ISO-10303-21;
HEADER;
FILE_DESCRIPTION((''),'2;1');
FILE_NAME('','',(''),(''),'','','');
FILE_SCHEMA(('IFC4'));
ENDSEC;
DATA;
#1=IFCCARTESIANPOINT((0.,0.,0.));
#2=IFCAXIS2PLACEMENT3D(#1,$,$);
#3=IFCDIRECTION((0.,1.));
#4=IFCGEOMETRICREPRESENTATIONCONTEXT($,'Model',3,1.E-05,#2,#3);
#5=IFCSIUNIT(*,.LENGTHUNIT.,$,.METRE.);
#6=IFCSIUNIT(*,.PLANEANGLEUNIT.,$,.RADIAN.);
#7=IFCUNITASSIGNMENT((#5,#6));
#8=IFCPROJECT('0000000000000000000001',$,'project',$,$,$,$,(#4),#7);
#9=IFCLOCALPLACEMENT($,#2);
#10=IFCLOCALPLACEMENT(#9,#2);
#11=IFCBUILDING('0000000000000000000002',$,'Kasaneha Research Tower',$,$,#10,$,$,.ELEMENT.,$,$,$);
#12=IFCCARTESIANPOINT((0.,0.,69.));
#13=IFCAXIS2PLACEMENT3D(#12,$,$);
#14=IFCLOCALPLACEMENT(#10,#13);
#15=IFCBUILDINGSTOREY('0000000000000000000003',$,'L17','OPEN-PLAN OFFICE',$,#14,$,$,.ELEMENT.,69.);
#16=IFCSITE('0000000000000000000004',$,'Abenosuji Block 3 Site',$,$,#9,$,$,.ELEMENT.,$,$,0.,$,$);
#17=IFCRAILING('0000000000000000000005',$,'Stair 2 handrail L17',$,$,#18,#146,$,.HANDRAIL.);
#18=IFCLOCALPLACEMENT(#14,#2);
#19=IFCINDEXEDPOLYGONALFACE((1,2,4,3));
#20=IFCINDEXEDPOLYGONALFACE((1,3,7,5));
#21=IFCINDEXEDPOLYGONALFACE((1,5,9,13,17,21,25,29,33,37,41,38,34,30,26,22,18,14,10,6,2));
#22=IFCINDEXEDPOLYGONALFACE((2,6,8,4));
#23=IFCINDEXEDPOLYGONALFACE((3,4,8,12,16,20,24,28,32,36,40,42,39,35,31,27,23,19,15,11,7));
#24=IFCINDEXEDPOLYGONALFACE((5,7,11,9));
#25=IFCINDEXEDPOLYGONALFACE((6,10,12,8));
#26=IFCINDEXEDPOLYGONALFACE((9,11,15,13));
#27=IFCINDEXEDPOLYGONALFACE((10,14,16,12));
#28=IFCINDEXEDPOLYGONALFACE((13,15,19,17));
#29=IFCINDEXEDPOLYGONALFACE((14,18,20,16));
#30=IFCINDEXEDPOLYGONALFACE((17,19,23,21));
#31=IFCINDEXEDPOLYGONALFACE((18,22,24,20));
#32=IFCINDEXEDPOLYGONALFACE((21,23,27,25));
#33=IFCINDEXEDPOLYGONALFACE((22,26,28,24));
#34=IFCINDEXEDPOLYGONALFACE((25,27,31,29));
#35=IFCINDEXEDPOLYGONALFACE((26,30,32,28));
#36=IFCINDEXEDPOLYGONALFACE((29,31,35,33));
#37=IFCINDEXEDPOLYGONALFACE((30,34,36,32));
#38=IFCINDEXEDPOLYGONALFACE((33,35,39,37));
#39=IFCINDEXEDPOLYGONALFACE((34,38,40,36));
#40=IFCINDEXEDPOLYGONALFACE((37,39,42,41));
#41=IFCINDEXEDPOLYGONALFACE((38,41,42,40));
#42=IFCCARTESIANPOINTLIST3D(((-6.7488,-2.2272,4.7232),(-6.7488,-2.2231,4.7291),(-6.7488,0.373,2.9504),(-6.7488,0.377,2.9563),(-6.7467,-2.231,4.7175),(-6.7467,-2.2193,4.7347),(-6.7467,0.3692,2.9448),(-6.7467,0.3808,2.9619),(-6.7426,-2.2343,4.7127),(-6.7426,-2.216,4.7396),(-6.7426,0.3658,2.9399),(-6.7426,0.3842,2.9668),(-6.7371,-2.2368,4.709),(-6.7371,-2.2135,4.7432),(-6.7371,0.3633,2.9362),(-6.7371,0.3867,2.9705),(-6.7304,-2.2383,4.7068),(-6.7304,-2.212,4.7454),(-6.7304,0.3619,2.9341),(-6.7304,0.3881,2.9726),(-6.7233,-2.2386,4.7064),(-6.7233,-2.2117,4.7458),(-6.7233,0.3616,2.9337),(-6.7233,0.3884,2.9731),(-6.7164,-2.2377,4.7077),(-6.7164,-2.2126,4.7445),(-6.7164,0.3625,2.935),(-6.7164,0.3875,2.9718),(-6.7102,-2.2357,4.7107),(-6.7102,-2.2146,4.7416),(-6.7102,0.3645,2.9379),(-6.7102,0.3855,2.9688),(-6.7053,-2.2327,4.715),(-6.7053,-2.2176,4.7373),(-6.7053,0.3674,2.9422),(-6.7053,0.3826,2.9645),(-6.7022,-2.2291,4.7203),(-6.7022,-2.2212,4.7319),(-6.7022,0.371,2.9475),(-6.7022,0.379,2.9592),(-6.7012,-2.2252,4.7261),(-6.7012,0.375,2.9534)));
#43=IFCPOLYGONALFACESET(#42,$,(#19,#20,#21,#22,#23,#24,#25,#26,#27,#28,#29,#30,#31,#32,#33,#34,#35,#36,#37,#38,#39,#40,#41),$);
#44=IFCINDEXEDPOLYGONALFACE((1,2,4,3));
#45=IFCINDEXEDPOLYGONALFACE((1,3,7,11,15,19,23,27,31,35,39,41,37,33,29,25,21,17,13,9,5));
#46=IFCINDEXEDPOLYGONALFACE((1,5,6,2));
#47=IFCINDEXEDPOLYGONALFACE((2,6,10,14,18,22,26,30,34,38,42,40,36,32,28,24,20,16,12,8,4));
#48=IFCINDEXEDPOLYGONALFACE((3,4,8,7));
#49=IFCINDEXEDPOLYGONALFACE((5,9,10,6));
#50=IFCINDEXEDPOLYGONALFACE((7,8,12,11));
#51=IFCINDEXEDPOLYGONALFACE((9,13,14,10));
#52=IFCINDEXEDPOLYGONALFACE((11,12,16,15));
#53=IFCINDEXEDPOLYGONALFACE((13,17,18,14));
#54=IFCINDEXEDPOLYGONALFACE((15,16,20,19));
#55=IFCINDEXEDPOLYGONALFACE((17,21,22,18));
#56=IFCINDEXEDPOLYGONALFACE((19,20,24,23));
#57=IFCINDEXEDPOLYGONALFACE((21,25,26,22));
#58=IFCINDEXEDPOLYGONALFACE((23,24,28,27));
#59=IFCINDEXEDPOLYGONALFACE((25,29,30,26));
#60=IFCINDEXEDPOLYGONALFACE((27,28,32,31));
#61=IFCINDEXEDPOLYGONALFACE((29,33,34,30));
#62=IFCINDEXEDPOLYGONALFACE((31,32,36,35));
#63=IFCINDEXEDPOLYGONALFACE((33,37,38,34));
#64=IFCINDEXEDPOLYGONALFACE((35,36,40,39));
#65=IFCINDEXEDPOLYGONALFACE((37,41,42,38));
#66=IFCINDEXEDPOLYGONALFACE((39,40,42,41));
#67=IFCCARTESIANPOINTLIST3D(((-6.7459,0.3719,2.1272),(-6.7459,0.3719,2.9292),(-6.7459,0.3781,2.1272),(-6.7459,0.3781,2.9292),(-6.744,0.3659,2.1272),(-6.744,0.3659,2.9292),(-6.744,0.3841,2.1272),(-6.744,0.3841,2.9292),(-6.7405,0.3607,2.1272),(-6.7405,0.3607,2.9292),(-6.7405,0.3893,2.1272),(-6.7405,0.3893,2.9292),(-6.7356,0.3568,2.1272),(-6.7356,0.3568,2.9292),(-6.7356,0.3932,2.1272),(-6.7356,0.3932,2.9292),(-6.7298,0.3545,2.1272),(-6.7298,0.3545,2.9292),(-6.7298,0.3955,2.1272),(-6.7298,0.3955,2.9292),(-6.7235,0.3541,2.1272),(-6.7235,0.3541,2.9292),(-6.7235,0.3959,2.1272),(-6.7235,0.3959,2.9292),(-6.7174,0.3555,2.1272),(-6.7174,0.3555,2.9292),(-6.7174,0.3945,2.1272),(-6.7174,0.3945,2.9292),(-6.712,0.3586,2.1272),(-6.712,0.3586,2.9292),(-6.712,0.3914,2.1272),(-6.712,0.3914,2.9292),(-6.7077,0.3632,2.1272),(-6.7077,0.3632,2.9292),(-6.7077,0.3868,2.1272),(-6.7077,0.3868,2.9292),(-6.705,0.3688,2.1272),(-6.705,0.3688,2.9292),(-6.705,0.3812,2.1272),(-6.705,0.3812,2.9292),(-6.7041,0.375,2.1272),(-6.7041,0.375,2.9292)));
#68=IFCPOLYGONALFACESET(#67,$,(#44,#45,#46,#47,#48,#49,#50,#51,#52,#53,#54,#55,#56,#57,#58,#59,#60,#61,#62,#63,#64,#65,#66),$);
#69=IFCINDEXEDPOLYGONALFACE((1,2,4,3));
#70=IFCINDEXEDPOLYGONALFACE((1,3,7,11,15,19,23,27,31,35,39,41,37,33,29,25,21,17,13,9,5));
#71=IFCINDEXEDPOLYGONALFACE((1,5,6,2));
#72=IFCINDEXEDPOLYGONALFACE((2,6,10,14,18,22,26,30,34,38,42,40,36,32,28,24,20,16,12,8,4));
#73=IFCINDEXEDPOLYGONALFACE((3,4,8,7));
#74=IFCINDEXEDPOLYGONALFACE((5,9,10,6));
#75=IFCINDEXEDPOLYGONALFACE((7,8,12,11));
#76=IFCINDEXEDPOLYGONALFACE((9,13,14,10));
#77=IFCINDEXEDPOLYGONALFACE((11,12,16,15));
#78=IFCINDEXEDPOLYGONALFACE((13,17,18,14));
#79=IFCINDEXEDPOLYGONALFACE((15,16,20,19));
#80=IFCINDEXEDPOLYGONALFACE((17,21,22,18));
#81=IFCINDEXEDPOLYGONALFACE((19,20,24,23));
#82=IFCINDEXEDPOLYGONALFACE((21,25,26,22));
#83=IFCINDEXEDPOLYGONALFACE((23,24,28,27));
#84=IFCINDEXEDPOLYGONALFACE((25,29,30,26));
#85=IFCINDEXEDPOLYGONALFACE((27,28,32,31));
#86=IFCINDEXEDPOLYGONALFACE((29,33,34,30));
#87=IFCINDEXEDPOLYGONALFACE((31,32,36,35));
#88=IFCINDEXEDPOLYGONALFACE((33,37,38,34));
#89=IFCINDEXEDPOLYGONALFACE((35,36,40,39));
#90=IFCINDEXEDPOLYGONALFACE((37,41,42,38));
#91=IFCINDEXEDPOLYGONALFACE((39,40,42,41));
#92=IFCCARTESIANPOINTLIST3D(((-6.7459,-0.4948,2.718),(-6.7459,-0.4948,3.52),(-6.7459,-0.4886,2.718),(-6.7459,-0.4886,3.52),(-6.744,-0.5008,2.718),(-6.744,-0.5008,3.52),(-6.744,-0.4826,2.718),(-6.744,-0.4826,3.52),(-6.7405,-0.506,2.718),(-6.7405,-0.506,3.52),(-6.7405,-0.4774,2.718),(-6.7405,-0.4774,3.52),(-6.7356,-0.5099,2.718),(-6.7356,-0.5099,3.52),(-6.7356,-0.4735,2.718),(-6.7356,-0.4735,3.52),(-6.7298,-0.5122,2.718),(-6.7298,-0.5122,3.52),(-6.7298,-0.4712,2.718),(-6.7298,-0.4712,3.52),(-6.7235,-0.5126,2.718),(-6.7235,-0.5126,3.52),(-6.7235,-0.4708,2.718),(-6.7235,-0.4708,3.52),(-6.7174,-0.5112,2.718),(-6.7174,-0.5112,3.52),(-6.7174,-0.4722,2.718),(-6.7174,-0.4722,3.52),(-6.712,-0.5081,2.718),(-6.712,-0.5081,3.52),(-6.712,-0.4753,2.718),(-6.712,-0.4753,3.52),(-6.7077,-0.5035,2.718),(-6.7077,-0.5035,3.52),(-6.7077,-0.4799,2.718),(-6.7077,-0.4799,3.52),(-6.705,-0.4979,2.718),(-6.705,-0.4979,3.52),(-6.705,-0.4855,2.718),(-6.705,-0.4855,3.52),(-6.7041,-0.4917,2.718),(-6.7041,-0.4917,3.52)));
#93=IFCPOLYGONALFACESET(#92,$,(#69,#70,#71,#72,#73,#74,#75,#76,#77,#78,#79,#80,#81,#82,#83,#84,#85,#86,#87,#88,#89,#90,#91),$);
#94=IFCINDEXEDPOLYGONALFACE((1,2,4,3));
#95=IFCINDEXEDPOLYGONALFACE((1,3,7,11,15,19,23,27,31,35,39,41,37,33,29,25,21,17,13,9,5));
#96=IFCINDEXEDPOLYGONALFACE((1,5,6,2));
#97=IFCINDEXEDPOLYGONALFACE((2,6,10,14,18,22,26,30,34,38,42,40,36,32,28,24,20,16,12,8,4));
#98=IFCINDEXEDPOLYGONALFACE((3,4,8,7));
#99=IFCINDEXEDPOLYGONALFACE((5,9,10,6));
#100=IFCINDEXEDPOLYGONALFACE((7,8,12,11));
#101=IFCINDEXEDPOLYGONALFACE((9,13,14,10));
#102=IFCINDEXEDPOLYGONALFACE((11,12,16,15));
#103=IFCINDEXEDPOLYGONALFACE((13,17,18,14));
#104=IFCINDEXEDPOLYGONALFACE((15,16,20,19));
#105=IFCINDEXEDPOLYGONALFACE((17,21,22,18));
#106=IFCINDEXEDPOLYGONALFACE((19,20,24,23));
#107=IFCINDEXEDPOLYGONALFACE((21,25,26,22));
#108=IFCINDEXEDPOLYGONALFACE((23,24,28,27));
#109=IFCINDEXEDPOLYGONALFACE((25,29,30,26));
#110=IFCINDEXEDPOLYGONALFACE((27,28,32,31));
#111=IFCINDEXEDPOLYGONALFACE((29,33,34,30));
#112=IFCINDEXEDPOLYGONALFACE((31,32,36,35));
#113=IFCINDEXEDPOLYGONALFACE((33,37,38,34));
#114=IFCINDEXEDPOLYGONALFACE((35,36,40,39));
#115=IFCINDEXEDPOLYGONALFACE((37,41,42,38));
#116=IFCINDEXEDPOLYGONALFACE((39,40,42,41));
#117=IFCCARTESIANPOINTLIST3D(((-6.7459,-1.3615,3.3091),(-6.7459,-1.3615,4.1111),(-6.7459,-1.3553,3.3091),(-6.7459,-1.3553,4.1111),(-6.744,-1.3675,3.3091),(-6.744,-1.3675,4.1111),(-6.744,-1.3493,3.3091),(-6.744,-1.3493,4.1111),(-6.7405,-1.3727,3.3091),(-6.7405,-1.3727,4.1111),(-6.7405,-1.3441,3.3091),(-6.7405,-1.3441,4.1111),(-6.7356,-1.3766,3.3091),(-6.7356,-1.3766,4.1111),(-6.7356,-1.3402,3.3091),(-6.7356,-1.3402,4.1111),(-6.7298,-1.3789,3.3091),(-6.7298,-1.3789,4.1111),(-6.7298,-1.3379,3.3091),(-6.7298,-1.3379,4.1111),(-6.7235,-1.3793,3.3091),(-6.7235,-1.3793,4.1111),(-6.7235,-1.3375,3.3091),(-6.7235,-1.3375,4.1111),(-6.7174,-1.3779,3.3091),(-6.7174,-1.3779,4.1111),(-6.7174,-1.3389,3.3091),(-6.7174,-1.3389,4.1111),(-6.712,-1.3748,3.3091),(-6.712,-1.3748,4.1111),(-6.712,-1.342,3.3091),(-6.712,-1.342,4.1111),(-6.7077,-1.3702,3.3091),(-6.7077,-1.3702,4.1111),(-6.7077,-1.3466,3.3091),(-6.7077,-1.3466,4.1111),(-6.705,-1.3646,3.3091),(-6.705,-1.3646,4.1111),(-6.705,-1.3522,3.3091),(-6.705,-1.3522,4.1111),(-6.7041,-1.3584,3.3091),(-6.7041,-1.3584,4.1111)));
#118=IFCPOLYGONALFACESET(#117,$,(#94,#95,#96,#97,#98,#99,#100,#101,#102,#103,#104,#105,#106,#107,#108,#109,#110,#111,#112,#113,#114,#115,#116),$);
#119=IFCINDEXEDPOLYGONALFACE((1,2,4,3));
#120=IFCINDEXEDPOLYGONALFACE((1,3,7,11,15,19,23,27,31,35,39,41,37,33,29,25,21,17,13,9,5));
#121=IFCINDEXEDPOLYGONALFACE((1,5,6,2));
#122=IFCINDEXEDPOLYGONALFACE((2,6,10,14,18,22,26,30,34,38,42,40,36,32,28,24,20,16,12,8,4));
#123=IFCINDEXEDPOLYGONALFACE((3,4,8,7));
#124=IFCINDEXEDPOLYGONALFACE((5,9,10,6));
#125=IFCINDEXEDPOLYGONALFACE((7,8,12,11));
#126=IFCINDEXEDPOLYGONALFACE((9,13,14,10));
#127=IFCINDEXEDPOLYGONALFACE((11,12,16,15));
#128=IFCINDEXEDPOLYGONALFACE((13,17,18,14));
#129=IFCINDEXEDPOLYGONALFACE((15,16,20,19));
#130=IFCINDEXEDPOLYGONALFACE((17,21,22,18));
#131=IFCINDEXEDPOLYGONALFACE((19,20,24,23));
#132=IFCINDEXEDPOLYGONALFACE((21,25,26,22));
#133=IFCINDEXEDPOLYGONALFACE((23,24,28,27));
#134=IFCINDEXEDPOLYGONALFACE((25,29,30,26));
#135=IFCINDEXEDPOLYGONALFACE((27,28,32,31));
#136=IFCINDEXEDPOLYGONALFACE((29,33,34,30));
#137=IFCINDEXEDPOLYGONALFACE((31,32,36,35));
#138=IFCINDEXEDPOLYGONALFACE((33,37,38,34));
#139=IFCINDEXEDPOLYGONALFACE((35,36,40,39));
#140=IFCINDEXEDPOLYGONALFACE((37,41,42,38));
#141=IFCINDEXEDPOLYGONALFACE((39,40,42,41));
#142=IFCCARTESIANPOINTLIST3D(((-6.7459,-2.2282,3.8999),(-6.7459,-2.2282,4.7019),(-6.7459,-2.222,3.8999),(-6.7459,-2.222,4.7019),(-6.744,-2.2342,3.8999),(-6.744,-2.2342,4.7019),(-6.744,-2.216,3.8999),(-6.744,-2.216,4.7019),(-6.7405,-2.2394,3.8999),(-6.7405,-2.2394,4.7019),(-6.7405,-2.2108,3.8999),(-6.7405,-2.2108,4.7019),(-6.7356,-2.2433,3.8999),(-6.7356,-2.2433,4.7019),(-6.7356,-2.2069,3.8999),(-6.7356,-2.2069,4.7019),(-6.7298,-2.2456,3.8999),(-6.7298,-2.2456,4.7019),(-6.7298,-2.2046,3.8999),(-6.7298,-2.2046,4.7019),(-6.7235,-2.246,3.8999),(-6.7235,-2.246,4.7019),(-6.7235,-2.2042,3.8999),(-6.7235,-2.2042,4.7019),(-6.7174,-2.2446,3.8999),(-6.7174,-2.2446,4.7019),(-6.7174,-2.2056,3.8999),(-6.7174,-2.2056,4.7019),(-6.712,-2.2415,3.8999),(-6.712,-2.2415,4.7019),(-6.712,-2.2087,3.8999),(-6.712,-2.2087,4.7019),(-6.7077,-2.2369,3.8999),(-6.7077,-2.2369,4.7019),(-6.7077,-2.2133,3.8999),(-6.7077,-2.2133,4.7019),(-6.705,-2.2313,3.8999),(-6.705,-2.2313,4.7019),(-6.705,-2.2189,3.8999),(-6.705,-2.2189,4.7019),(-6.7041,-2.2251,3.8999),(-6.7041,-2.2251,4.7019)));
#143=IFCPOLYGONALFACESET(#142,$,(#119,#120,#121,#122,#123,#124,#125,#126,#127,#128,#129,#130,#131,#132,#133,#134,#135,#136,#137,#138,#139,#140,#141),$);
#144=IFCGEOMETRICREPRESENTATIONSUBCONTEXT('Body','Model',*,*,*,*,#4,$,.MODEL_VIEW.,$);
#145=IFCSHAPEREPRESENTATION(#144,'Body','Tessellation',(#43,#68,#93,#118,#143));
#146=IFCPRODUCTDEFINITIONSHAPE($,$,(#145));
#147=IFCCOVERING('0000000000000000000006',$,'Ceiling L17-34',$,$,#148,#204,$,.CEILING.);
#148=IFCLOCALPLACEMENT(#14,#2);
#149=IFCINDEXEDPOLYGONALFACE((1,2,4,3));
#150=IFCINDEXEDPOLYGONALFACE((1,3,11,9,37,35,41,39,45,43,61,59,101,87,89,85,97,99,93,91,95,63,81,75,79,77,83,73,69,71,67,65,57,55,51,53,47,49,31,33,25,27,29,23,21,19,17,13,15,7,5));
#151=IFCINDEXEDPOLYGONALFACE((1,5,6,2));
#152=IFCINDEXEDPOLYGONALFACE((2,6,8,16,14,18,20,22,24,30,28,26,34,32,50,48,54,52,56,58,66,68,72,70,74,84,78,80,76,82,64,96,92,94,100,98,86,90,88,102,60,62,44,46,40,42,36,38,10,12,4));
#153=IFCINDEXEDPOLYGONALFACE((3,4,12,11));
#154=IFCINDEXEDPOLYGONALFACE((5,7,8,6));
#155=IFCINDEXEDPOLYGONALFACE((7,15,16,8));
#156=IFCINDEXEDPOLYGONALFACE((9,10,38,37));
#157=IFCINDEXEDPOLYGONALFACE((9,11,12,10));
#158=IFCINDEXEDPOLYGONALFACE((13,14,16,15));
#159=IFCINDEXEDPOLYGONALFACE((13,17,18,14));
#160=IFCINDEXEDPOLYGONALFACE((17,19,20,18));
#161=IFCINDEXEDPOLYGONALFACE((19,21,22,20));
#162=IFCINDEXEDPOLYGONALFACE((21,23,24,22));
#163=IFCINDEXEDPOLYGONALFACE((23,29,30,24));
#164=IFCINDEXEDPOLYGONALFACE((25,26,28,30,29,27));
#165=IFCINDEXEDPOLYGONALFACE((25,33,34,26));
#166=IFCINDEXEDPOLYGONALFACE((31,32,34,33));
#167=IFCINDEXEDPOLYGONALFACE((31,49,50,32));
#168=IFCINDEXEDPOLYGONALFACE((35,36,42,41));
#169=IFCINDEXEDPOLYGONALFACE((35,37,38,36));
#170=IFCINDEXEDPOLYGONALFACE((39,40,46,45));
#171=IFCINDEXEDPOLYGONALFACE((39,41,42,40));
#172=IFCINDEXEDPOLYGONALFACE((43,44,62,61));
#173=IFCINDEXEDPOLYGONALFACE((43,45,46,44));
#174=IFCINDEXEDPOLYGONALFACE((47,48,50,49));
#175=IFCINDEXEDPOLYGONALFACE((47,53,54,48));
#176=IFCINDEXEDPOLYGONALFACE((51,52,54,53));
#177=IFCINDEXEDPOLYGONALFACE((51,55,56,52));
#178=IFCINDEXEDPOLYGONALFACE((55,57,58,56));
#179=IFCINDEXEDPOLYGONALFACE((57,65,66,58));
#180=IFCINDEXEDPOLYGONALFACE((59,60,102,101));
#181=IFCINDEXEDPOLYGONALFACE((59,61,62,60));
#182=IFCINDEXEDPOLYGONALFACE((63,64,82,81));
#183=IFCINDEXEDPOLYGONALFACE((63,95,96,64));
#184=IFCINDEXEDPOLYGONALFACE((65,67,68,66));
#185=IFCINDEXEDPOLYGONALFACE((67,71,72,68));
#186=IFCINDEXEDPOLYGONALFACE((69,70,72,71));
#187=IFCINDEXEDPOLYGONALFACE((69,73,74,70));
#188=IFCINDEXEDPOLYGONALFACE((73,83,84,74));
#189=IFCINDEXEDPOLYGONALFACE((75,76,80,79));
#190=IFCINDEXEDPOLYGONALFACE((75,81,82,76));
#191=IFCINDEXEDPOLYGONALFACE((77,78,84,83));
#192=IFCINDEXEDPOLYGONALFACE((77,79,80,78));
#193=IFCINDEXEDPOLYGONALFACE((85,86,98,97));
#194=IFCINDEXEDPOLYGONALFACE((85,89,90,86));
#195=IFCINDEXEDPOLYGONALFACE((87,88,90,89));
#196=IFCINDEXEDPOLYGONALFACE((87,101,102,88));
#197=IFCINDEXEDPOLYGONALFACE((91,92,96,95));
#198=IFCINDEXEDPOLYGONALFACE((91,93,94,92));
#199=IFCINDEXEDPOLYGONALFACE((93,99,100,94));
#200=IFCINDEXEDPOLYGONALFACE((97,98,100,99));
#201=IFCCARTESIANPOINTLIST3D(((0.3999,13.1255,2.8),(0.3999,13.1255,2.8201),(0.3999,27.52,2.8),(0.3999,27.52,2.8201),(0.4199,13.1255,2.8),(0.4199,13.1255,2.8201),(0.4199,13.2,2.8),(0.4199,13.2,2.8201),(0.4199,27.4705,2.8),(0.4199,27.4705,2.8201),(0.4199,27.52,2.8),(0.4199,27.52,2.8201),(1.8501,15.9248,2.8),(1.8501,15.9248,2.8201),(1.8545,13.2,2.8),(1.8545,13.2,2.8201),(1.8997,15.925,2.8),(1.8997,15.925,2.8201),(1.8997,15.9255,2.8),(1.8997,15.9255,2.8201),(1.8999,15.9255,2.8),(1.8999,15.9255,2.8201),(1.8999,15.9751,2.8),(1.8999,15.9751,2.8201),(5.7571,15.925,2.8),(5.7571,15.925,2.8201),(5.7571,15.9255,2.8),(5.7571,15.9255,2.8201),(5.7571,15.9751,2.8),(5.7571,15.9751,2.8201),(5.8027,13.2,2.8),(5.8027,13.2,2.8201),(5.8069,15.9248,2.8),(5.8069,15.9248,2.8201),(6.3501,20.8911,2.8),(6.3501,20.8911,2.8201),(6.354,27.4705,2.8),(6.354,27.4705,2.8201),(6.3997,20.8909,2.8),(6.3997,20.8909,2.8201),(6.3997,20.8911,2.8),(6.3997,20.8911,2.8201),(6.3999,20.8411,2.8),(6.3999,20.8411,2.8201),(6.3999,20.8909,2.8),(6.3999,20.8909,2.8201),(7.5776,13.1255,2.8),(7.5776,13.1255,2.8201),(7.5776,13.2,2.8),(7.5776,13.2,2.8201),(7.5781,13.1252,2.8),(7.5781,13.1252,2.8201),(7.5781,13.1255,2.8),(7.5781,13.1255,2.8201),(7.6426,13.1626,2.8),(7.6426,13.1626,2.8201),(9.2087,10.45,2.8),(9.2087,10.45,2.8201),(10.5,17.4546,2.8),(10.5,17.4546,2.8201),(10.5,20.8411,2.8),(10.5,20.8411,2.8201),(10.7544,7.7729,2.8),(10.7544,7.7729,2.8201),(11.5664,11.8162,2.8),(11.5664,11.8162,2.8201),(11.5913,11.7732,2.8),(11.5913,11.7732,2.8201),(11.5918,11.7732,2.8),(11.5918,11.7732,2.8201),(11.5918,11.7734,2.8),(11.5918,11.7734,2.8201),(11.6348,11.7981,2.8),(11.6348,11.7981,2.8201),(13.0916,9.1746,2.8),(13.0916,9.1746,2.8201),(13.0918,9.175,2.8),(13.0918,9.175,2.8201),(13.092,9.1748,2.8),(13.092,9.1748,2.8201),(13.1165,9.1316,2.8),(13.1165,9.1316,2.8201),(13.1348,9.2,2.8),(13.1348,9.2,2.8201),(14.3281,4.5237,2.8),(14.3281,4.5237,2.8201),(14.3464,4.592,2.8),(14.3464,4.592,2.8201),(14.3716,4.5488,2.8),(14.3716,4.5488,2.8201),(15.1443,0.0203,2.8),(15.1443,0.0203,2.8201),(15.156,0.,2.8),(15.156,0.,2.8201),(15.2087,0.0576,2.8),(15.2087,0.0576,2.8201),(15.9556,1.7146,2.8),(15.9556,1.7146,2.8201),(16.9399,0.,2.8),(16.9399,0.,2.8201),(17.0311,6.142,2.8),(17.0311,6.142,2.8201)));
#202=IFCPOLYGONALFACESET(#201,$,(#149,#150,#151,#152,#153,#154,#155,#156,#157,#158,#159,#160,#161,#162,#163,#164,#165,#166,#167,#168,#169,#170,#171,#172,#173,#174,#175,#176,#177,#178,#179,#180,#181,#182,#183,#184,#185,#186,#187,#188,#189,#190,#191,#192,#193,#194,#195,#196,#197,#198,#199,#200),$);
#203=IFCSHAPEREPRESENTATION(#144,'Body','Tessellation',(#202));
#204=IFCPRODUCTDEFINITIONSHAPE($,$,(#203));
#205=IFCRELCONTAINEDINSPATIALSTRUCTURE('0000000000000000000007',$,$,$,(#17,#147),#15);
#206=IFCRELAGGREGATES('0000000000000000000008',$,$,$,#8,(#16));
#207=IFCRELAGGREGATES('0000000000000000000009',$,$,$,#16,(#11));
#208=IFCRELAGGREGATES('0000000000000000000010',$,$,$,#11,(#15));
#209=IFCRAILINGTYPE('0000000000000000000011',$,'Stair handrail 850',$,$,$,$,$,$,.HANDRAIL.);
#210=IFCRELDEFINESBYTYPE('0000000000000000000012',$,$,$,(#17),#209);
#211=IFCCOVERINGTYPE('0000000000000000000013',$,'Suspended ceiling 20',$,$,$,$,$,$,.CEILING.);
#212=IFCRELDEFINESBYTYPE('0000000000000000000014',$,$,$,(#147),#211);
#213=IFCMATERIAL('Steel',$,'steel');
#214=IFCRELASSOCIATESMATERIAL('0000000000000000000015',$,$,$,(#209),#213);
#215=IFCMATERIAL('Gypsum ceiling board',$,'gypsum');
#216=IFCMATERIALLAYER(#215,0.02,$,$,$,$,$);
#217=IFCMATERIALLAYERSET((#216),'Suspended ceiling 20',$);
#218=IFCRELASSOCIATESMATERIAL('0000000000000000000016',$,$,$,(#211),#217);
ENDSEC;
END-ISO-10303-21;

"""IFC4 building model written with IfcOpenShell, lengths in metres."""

from ifc_helpers import new_model, si_unit, direction, frame, origin, origin_2d, place, context, subcontext, project, spatial, polyline, circle, outline, extrude, material, layer, layer_set, type_object, element, save


model = new_model("IFC4")

# Units and contexts
model_context = context("Model", 3, precision=1e-05, world=origin(), true_north=direction((0.0, 1.0)))
body_context = subcontext(model_context, "Body", "Model", "MODEL_VIEW")
ifc_project = project(units=[si_unit("LENGTHUNIT", "METRE"), si_unit("PLANEANGLEUNIT", "RADIAN")], contexts=[model_context])

# Site, building, storey
site_placement = place(None, origin())
site = spatial("IfcSite", under=ifc_project, at=site_placement, Name="Abenosuji Block 3 Site", CompositionType="ELEMENT", RefElevation=0.0)
building_placement = place(site_placement, origin())
building = spatial("IfcBuilding", under=site, at=building_placement, Name="Kasaneha Research Tower", CompositionType="ELEMENT")
storey_placement = place(building_placement, frame((0.0, 0.0, 69.0)))
storey = spatial("IfcBuildingStorey", under=building, at=storey_placement, Name="L17", Description="OPEN-PLAN OFFICE", CompositionType="ELEMENT", Elevation=69.0)

# Railing
ifc_material_1 = material(Name="Steel", Category="steel")
railing_type_1 = type_object("IfcRailingType", Name="Stair handrail 850", PredefinedType="HANDRAIL", material=ifc_material_1)
railing_1_placement = place(storey_placement, frame((-6.7251, 0.375, 2.1272)))
element("IfcRailing", 1, at=railing_1_placement, inside=storey, type_object=railing_type_1, Name="Stair 2 handrail L17", PredefinedType="HANDRAIL", context=body_context, shape_type="SweptSolid", body=[
    extrude(circle(Radius=0.0239, at=origin_2d()), frame((0.0, 0.0, 0.8262), z_axis=(0.0, -0.82624, 0.563318), x_axis=(1.0, 0.0, 0.0)), (0.0, 0.0, 1.0), 3.147),
    extrude(circle(Radius=0.021, at=origin_2d()), origin(), (0.0, 0.0, 1.0), 0.802),
    extrude(circle(Radius=0.021, at=origin_2d()), frame((0.0, -0.8667, 0.5908)), (0.0, 0.0, 1.0), 0.802),
    extrude(circle(Radius=0.021, at=origin_2d()), frame((0.0, -1.7334, 1.1819)), (0.0, 0.0, 1.0), 0.802),
    extrude(circle(Radius=0.021, at=origin_2d()), frame((0.0, -2.6001, 1.7727)), (0.0, 0.0, 1.0), 0.802),
])

# Covering
ifc_material_2 = material(Name="Gypsum ceiling board", Category="gypsum")
ifc_layer_1 = layer(ifc_material_2, 0.02)
ifc_layer_set_1 = layer_set([ifc_layer_1], Name="Suspended ceiling 20")
covering_type = type_object("IfcCoveringType", Name="Suspended ceiling 20", PredefinedType="CEILING", material=ifc_layer_set_1)
covering_1_placement = place(storey_placement, frame((0.0, 0.0, 2.8)))
element("IfcCovering", 2, at=covering_1_placement, inside=storey, type_object=covering_type, Name="Ceiling L17-34", PredefinedType="CEILING", context=body_context, shape_type="SweptSolid", body=[
    extrude(outline(polyline([(15.156, 0.0), (15.1443, 0.0203), (15.2087, 0.0576), (10.7544, 7.7729), (13.1165, 9.1316), (13.0916, 9.1746), (13.092, 9.1748), (13.0918, 9.175), (13.1348, 9.2), (11.6348, 11.7981), (11.5918, 11.7732), (11.5918, 11.7734), (11.5913, 11.7732), (11.5664, 11.8162), (9.2087, 10.45), (7.6426, 13.1626), (7.5781, 13.1252), (7.5781, 13.1255), (7.5776, 13.1255), (7.5776, 13.2), (5.8027, 13.2), (5.8069, 15.9248), (5.7571, 15.925), (5.7571, 15.9255), (5.7571, 15.9255), (5.7571, 15.9751), (1.8999, 15.9751), (1.8999, 15.9255), (1.8997, 15.9255), (1.8997, 15.925), (1.8501, 15.9248), (1.8545, 13.2), (0.4199, 13.2), (0.4199, 13.1255), (0.3999, 13.1255), (0.3999, 27.52), (0.4199, 27.52), (0.4199, 27.4705), (6.354, 27.4705), (6.3501, 20.8911), (6.3997, 20.8911), (6.3997, 20.8909), (6.3999, 20.8909), (6.3999, 20.8411), (10.5, 20.8411), (10.5, 17.4546), (17.0559, 6.0991), (17.0559, 6.0991), (17.0312, 6.1421), (14.3464, 4.592), (14.3716, 4.5488), (14.3281, 4.5237), (15.9556, 1.7146), (16.9399, 0.0), (15.156, 0.0)])), origin(), (0.0, 0.0, 1.0), 0.02),
])

save(model, "model.ifc")
